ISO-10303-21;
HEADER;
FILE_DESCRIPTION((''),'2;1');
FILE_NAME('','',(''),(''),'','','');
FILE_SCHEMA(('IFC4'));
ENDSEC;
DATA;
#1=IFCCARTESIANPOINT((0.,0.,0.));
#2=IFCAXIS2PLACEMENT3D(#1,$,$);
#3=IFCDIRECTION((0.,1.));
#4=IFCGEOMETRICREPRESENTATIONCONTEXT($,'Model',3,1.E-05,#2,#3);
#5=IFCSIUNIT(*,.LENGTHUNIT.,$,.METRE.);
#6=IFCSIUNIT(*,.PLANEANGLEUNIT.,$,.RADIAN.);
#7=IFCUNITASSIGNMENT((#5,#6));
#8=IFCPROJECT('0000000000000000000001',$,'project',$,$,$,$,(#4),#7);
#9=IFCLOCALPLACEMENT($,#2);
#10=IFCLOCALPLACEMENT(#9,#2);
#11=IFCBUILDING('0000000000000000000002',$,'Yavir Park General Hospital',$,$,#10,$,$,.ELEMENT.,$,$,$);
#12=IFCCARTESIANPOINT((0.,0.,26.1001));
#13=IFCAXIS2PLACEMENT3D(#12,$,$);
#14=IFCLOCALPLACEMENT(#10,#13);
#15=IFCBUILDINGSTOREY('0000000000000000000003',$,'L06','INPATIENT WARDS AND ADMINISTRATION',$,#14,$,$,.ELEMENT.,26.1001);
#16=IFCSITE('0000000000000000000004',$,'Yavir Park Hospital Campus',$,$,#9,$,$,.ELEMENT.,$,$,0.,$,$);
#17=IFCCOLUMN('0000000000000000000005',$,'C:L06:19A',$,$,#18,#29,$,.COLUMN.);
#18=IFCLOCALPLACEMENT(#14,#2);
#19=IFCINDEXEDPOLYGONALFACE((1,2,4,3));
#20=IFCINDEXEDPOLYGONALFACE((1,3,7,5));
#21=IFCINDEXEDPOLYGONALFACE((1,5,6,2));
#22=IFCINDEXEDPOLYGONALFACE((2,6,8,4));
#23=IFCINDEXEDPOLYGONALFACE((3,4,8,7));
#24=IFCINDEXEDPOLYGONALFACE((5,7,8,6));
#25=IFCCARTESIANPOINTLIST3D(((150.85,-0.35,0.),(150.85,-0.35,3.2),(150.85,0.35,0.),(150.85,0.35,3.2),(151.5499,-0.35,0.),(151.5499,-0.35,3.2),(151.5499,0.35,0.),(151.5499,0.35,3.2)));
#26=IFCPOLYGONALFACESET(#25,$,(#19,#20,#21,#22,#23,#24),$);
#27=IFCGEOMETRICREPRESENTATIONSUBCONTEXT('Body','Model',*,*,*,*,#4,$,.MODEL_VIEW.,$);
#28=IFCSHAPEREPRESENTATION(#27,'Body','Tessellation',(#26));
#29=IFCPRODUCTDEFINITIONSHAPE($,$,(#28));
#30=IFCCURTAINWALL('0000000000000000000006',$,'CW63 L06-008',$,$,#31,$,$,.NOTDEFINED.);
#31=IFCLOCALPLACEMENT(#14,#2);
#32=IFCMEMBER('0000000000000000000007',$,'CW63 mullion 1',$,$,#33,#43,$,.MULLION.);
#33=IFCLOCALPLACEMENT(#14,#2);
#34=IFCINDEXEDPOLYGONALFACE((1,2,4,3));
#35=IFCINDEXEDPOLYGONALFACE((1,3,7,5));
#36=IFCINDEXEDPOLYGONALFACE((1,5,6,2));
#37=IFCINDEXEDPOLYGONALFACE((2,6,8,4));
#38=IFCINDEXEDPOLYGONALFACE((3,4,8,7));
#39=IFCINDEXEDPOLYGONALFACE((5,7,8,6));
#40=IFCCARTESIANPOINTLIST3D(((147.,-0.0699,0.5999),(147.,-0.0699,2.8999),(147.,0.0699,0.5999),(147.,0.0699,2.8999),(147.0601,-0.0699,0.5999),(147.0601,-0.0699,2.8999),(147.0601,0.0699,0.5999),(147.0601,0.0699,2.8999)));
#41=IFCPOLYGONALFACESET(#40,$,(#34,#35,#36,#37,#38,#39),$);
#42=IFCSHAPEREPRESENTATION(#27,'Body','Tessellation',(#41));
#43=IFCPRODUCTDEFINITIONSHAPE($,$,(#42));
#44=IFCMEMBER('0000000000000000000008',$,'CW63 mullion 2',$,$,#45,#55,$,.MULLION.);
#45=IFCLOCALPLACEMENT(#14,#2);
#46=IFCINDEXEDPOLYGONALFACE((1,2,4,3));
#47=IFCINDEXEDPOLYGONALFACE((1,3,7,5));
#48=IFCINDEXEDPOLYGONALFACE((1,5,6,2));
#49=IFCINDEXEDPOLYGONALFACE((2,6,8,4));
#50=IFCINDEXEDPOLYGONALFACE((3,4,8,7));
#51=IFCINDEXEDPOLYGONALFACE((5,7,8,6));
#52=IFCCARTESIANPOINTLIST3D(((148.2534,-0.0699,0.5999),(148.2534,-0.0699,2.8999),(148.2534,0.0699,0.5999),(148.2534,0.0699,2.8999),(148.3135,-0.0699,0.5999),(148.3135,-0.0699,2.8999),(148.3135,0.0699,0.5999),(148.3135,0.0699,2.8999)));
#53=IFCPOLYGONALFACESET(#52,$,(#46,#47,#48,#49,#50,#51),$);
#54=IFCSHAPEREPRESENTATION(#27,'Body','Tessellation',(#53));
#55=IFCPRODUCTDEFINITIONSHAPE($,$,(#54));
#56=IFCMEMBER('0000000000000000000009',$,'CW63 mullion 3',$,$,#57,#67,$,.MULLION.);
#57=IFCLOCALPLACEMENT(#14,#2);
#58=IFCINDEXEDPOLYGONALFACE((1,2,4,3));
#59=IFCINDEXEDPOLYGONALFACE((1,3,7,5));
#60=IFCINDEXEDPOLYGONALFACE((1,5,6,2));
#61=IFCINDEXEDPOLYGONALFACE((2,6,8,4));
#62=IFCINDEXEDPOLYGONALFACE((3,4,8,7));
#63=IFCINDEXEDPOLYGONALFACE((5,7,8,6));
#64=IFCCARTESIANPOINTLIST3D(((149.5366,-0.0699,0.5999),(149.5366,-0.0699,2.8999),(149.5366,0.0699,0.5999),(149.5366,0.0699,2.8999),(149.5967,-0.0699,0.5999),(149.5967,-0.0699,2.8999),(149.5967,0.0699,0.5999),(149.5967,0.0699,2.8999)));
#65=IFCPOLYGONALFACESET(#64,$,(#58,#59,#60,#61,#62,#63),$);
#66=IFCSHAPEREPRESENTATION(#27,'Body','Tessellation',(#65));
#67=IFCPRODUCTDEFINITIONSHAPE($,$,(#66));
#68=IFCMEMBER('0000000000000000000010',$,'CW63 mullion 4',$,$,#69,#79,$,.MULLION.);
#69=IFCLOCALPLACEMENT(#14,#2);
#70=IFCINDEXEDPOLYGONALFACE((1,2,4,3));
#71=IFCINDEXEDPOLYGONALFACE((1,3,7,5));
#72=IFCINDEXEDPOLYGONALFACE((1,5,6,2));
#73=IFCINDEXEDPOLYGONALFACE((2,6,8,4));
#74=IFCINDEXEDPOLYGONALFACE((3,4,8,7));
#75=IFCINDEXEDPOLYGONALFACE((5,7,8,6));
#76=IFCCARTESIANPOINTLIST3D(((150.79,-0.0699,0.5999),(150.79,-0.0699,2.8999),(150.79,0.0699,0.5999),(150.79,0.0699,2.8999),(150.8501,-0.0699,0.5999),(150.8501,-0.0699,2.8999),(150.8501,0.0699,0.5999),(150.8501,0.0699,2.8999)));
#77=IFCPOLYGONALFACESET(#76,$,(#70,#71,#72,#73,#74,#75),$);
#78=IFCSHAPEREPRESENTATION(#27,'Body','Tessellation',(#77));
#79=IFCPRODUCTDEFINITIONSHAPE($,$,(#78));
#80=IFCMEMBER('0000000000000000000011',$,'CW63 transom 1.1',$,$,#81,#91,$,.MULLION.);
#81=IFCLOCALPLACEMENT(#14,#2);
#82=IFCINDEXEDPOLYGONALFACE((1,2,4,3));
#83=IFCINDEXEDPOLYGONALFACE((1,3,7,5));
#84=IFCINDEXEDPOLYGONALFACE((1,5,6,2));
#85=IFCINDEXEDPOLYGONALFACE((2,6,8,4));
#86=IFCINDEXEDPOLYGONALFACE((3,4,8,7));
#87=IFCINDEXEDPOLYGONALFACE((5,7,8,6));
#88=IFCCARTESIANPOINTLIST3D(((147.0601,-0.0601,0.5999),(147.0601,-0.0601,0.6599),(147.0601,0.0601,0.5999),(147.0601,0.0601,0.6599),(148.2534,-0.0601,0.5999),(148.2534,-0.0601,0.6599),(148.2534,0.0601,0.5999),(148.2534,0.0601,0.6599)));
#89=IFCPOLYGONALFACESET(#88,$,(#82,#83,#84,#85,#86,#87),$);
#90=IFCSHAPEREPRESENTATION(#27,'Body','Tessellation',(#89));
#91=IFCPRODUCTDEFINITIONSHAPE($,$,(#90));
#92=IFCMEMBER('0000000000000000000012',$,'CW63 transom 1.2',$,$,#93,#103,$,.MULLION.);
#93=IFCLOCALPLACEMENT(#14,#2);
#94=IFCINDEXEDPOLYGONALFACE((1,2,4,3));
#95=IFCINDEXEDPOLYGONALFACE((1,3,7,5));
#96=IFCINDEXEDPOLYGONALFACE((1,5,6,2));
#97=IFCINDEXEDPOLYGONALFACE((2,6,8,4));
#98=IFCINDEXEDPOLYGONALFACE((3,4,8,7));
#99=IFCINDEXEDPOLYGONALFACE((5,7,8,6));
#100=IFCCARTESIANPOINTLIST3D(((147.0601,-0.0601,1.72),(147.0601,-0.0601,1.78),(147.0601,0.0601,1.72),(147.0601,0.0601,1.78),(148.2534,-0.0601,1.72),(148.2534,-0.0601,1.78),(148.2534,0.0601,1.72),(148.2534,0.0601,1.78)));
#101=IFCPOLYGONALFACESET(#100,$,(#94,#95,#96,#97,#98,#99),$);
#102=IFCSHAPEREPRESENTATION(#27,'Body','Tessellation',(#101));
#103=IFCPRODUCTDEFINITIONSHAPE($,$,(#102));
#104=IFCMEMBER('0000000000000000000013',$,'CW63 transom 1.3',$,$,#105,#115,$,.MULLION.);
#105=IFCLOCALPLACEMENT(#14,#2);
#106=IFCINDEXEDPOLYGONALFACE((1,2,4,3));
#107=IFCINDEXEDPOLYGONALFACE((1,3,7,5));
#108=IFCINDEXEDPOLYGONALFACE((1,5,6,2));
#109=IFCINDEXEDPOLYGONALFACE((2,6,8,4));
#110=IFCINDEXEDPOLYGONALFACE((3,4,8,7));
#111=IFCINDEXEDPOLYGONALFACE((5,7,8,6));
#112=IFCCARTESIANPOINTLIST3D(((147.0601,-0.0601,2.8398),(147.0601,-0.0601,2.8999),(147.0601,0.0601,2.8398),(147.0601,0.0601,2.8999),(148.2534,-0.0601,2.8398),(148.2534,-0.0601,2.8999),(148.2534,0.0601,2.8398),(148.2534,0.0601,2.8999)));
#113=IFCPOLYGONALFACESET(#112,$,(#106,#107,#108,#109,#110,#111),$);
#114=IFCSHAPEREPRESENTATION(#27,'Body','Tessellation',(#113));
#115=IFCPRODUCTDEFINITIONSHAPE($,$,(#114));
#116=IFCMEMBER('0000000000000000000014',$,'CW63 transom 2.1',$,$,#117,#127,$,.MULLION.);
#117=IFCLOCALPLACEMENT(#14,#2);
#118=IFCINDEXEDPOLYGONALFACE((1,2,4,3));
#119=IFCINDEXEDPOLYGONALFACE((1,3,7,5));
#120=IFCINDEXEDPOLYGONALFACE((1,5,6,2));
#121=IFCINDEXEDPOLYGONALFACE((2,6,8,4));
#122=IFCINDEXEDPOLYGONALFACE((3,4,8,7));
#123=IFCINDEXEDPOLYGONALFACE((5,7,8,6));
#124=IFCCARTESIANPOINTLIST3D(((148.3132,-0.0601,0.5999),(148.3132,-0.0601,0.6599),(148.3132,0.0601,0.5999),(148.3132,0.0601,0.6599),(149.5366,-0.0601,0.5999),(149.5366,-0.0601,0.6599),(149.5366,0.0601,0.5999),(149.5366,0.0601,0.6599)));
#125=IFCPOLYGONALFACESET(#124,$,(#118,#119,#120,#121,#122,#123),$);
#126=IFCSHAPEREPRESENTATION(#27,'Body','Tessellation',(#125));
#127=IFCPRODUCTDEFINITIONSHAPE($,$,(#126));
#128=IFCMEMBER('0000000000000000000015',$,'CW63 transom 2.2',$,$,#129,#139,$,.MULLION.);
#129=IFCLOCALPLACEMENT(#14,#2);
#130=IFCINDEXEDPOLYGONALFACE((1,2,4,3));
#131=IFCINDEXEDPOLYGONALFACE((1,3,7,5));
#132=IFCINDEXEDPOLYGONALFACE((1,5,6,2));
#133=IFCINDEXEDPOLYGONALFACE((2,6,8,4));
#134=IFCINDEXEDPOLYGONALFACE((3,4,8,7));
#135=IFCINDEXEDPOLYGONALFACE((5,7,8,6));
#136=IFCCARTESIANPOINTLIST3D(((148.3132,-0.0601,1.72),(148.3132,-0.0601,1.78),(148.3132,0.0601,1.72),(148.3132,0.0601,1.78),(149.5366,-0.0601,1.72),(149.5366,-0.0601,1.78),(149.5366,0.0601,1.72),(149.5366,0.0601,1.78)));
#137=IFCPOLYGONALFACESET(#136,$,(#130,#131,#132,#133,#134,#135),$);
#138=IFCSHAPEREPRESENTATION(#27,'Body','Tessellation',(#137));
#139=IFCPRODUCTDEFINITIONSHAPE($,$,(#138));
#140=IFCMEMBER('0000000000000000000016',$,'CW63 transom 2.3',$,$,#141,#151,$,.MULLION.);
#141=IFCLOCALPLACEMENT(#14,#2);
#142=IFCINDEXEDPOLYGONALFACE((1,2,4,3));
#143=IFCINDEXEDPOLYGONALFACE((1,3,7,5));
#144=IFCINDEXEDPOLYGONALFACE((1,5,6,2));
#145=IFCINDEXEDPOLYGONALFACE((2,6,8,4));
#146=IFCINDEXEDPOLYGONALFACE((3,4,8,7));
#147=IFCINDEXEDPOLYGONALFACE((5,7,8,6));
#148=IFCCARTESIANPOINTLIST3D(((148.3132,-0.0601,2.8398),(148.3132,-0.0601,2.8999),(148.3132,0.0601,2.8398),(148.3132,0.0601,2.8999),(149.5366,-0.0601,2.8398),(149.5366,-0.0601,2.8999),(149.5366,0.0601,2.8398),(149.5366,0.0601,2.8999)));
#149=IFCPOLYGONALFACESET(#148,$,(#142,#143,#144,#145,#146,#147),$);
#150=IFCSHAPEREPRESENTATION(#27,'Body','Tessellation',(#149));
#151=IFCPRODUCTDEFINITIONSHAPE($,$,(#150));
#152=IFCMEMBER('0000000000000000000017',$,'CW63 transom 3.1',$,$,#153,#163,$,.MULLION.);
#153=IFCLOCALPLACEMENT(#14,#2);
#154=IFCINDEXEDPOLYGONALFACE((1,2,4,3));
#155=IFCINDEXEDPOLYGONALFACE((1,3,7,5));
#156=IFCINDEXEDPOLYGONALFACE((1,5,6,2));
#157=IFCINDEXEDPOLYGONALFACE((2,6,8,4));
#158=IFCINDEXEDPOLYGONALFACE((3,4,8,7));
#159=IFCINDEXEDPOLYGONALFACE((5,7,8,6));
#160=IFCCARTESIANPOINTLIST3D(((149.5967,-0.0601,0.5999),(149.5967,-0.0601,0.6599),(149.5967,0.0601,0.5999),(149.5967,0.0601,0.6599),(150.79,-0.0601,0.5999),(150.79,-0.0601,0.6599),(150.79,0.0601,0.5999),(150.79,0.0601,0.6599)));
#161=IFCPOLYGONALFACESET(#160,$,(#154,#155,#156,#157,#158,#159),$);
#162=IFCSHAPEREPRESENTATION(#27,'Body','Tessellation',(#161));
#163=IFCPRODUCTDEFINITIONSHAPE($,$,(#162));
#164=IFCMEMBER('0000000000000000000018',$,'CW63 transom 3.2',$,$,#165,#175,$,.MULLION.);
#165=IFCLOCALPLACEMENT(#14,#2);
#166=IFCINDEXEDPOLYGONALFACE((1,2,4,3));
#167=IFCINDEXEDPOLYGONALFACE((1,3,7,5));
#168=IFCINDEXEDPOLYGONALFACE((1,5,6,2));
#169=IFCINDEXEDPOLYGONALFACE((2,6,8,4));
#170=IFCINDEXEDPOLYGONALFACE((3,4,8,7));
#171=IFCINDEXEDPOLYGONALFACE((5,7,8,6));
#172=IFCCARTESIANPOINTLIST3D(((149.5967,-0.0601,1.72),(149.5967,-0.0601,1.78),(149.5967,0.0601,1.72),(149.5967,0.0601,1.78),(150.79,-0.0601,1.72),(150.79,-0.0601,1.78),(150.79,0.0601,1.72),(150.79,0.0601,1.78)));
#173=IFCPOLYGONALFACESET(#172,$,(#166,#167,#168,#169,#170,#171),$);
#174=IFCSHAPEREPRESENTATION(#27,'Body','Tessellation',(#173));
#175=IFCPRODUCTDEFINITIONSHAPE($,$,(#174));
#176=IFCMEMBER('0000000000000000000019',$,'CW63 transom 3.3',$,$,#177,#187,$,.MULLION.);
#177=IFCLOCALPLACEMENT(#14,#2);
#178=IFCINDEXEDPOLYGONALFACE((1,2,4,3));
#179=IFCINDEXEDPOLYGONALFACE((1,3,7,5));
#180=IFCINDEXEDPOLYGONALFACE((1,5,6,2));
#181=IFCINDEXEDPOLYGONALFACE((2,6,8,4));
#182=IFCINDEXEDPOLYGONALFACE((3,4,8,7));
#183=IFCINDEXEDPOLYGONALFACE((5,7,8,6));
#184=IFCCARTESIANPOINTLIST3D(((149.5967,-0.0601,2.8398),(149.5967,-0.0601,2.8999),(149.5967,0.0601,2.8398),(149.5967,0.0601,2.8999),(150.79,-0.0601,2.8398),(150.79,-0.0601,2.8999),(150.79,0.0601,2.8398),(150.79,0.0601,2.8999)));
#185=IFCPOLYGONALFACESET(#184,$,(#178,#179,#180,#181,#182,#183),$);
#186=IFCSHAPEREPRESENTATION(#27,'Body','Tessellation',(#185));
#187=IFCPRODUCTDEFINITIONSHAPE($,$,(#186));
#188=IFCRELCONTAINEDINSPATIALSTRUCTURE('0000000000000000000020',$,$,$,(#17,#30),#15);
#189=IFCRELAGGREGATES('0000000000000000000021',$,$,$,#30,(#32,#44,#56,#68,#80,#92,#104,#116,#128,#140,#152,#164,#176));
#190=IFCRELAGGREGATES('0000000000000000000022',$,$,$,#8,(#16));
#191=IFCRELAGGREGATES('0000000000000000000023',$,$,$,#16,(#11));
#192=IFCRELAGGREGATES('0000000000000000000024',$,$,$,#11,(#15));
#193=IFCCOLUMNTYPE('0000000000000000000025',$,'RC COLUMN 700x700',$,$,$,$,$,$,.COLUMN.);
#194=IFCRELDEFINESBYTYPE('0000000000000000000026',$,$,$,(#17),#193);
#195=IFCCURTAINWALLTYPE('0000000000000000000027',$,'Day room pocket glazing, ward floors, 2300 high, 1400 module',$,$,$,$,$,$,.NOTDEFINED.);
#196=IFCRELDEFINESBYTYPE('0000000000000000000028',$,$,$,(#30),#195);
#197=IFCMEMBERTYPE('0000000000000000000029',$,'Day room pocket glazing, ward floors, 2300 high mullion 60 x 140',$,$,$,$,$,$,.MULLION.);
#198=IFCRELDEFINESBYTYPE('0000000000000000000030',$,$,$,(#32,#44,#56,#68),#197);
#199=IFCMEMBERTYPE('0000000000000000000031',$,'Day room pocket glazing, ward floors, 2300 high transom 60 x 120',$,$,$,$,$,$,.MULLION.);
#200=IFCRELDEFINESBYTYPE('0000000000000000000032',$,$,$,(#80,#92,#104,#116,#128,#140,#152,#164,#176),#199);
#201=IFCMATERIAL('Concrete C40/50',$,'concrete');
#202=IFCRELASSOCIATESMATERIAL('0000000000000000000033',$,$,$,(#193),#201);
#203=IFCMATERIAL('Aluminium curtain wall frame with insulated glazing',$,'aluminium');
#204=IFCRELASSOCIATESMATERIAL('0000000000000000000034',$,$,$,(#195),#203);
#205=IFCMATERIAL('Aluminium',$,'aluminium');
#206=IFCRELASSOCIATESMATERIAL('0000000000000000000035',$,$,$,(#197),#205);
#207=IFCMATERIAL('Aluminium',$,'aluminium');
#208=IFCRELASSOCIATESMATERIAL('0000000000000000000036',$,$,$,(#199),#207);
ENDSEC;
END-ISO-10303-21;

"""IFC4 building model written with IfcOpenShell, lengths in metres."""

from ifc_helpers import new_model, si_unit, direction, frame, origin, origin_2d, place, context, subcontext, project, spatial, rectangle, extrude, material, material_profile, profile_set, type_object, element, aggregate, save


model = new_model("IFC4")

# Units and contexts
model_context = context("Model", 3, precision=1e-05, world=origin(), true_north=direction((0.0, 1.0)))
body_context = subcontext(model_context, "Body", "Model", "MODEL_VIEW")
ifc_project = project(units=[si_unit("LENGTHUNIT", "METRE"), si_unit("PLANEANGLEUNIT", "RADIAN")], contexts=[model_context])

# Site, building, storey
site_placement = place(None, origin())
site = spatial("IfcSite", under=ifc_project, at=site_placement, Name="Yavir Park Hospital Campus", CompositionType="ELEMENT", RefElevation=0.0)
building_placement = place(site_placement, origin())
building = spatial("IfcBuilding", under=site, at=building_placement, Name="Yavir Park General Hospital", CompositionType="ELEMENT")
storey_placement = place(building_placement, frame((0.0, 0.0, 26.1001)))
storey = spatial("IfcBuildingStorey", under=building, at=storey_placement, Name="L06", Description="INPATIENT WARDS AND ADMINISTRATION", CompositionType="ELEMENT", Elevation=26.1001)

# Column
ifc_material_1 = material(Name="Concrete C40/50", Category="concrete")
ifc_material_profile_1 = material_profile(ifc_material_1, rectangle(XDim=0.7, YDim=0.7, at=origin_2d()), Name="RC700x700")
ifc_profile_set_1 = profile_set([ifc_material_profile_1], Name="Concrete C40/50")
column_type = type_object("IfcColumnType", Name="RC COLUMN 700x700", PredefinedType="COLUMN", material=ifc_profile_set_1)
column_placement = place(storey_placement, frame((151.2, 0.0, 0.0), z_axis=(0.0, 0.0, 1.0), x_axis=(1.0, 0.0, 0.0)))
element("IfcColumn", 1, at=column_placement, inside=storey, type_object=column_type, Name="C:L06:19A", PredefinedType="COLUMN", context=body_context, shape_type="SweptSolid", body=[
    extrude(rectangle(XDim=0.7, YDim=0.7, at=origin_2d()), origin(), (0.0, 0.0, 1.0), 3.2),
])

# Curtain wall, members
ifc_material_2 = material(Name="Aluminium curtain wall frame with insulated glazing", Category="aluminium")
curtain_wall_type = type_object("IfcCurtainWallType", Name="Day room pocket glazing, ward floors, 2300 high, 1400 module", PredefinedType="NOTDEFINED", material=ifc_material_2)
curtain_wall_placement = place(storey_placement, origin())
curtain_wall = element("IfcCurtainWall", 2, at=curtain_wall_placement, inside=storey, type_object=curtain_wall_type, Name="CW63 L06-008", PredefinedType="NOTDEFINED")
ifc_material_3 = material(Name="Aluminium", Category="aluminium")
ifc_material_profile_2 = material_profile(ifc_material_3, rectangle(XDim=0.1399, YDim=0.0601, at=origin_2d()), Name="AL 60x140")
ifc_profile_set_2 = profile_set([ifc_material_profile_2], Name="Aluminium")
member_type_1 = type_object("IfcMemberType", Name="Day room pocket glazing, ward floors, 2300 high mullion 60 x 140", PredefinedType="MULLION", material=ifc_profile_set_2)
member_1_placement = place(storey_placement, frame((147.03, 0.0, 0.5999), z_axis=(0.0, 0.0, 1.0), x_axis=(0.0, 1.0, 0.0)))
member_1 = element("IfcMember", 3, at=member_1_placement, type_object=member_type_1, Name="CW63 mullion 1", PredefinedType="MULLION", context=body_context, shape_type="SweptSolid", body=[
    extrude(rectangle(XDim=0.1399, YDim=0.0601, at=origin_2d()), origin(), (0.0, 0.0, 1.0), 2.3),
])
member_2_placement = place(storey_placement, frame((148.2834, 0.0, 0.5999), z_axis=(0.0, 0.0, 1.0), x_axis=(0.0, 1.0, 0.0)))
member_2 = element("IfcMember", 4, at=member_2_placement, type_object=member_type_1, Name="CW63 mullion 2", PredefinedType="MULLION", context=body_context, shape_type="SweptSolid", body=[
    extrude(rectangle(XDim=0.1399, YDim=0.0601, at=origin_2d()), origin(), (0.0, 0.0, 1.0), 2.3),
])
member_3_placement = place(storey_placement, frame((149.5667, 0.0, 0.5999), z_axis=(0.0, 0.0, 1.0), x_axis=(0.0, 1.0, 0.0)))
member_3 = element("IfcMember", 5, at=member_3_placement, type_object=member_type_1, Name="CW63 mullion 3", PredefinedType="MULLION", context=body_context, shape_type="SweptSolid", body=[
    extrude(rectangle(XDim=0.1399, YDim=0.0601, at=origin_2d()), origin(), (0.0, 0.0, 1.0), 2.3),
])
member_4_placement = place(storey_placement, frame((150.8201, 0.0, 0.5999), z_axis=(0.0, 0.0, 1.0), x_axis=(0.0, 1.0, 0.0)))
member_4 = element("IfcMember", 6, at=member_4_placement, type_object=member_type_1, Name="CW63 mullion 4", PredefinedType="MULLION", context=body_context, shape_type="SweptSolid", body=[
    extrude(rectangle(XDim=0.1399, YDim=0.0601, at=origin_2d()), origin(), (0.0, 0.0, 1.0), 2.3),
])
ifc_material_4 = material(Name="Aluminium", Category="aluminium")
ifc_material_profile_3 = material_profile(ifc_material_4, rectangle(XDim=0.1201, YDim=0.0601, at=origin_2d()), Name="AL 120x60")
ifc_profile_set_3 = profile_set([ifc_material_profile_3], Name="Aluminium")
member_type_2 = type_object("IfcMemberType", Name="Day room pocket glazing, ward floors, 2300 high transom 60 x 120", PredefinedType="MULLION", material=ifc_profile_set_3)
member_5_placement = place(storey_placement, frame((147.0601, 0.0, 0.6299), z_axis=(1.0, 0.0, 0.0), x_axis=(0.0, 1.0, 0.0)))
member_5 = element("IfcMember", 7, at=member_5_placement, type_object=member_type_2, Name="CW63 transom 1.1", PredefinedType="MULLION", context=body_context, shape_type="SweptSolid", body=[
    extrude(rectangle(XDim=0.1201, YDim=0.0601, at=origin_2d()), origin(), (0.0, 0.0, 1.0), 1.1934),
])
member_6_placement = place(storey_placement, frame((147.0601, 0.0, 1.75), z_axis=(1.0, 0.0, 0.0), x_axis=(0.0, 1.0, 0.0)))
member_6 = element("IfcMember", 8, at=member_6_placement, type_object=member_type_2, Name="CW63 transom 1.2", PredefinedType="MULLION", context=body_context, shape_type="SweptSolid", body=[
    extrude(rectangle(XDim=0.1201, YDim=0.0601, at=origin_2d()), origin(), (0.0, 0.0, 1.0), 1.1934),
])
member_7_placement = place(storey_placement, frame((147.0601, 0.0, 2.8699), z_axis=(1.0, 0.0, 0.0), x_axis=(0.0, 1.0, 0.0)))
member_7 = element("IfcMember", 9, at=member_7_placement, type_object=member_type_2, Name="CW63 transom 1.3", PredefinedType="MULLION", context=body_context, shape_type="SweptSolid", body=[
    extrude(rectangle(XDim=0.1201, YDim=0.0601, at=origin_2d()), origin(), (0.0, 0.0, 1.0), 1.1934),
])
member_8_placement = place(storey_placement, frame((148.3132, 0.0, 0.6299), z_axis=(1.0, 0.0, 0.0), x_axis=(0.0, 1.0, 0.0)))
member_8 = element("IfcMember", 10, at=member_8_placement, type_object=member_type_2, Name="CW63 transom 2.1", PredefinedType="MULLION", context=body_context, shape_type="SweptSolid", body=[
    extrude(rectangle(XDim=0.1201, YDim=0.0601, at=origin_2d()), origin(), (0.0, 0.0, 1.0), 1.2234),
])
member_9_placement = place(storey_placement, frame((148.3132, 0.0, 1.75), z_axis=(1.0, 0.0, 0.0), x_axis=(0.0, 1.0, 0.0)))
member_9 = element("IfcMember", 11, at=member_9_placement, type_object=member_type_2, Name="CW63 transom 2.2", PredefinedType="MULLION", context=body_context, shape_type="SweptSolid", body=[
    extrude(rectangle(XDim=0.1201, YDim=0.0601, at=origin_2d()), origin(), (0.0, 0.0, 1.0), 1.2234),
])
member_10_placement = place(storey_placement, frame((148.3132, 0.0, 2.8699), z_axis=(1.0, 0.0, 0.0), x_axis=(0.0, 1.0, 0.0)))
member_10 = element("IfcMember", 12, at=member_10_placement, type_object=member_type_2, Name="CW63 transom 2.3", PredefinedType="MULLION", context=body_context, shape_type="SweptSolid", body=[
    extrude(rectangle(XDim=0.1201, YDim=0.0601, at=origin_2d()), origin(), (0.0, 0.0, 1.0), 1.2234),
])
member_11_placement = place(storey_placement, frame((149.5967, 0.0, 0.6299), z_axis=(1.0, 0.0, 0.0), x_axis=(0.0, 1.0, 0.0)))
member_11 = element("IfcMember", 13, at=member_11_placement, type_object=member_type_2, Name="CW63 transom 3.1", PredefinedType="MULLION", context=body_context, shape_type="SweptSolid", body=[
    extrude(rectangle(XDim=0.1201, YDim=0.0601, at=origin_2d()), origin(), (0.0, 0.0, 1.0), 1.1934),
])
member_12_placement = place(storey_placement, frame((149.5967, 0.0, 1.75), z_axis=(1.0, 0.0, 0.0), x_axis=(0.0, 1.0, 0.0)))
member_12 = element("IfcMember", 14, at=member_12_placement, type_object=member_type_2, Name="CW63 transom 3.2", PredefinedType="MULLION", context=body_context, shape_type="SweptSolid", body=[
    extrude(rectangle(XDim=0.1201, YDim=0.0601, at=origin_2d()), origin(), (0.0, 0.0, 1.0), 1.1934),
])
member_13_placement = place(storey_placement, frame((149.5967, 0.0, 2.8699), z_axis=(1.0, 0.0, 0.0), x_axis=(0.0, 1.0, 0.0)))
member_13 = element("IfcMember", 15, at=member_13_placement, type_object=member_type_2, Name="CW63 transom 3.3", PredefinedType="MULLION", context=body_context, shape_type="SweptSolid", body=[
    extrude(rectangle(XDim=0.1201, YDim=0.0601, at=origin_2d()), origin(), (0.0, 0.0, 1.0), 1.1934),
])

aggregate(curtain_wall, [member_1, member_2, member_3, member_4, member_5, member_6, member_7, member_8, member_9, member_10, member_11, member_12, member_13])

save(model, "model.ifc")
